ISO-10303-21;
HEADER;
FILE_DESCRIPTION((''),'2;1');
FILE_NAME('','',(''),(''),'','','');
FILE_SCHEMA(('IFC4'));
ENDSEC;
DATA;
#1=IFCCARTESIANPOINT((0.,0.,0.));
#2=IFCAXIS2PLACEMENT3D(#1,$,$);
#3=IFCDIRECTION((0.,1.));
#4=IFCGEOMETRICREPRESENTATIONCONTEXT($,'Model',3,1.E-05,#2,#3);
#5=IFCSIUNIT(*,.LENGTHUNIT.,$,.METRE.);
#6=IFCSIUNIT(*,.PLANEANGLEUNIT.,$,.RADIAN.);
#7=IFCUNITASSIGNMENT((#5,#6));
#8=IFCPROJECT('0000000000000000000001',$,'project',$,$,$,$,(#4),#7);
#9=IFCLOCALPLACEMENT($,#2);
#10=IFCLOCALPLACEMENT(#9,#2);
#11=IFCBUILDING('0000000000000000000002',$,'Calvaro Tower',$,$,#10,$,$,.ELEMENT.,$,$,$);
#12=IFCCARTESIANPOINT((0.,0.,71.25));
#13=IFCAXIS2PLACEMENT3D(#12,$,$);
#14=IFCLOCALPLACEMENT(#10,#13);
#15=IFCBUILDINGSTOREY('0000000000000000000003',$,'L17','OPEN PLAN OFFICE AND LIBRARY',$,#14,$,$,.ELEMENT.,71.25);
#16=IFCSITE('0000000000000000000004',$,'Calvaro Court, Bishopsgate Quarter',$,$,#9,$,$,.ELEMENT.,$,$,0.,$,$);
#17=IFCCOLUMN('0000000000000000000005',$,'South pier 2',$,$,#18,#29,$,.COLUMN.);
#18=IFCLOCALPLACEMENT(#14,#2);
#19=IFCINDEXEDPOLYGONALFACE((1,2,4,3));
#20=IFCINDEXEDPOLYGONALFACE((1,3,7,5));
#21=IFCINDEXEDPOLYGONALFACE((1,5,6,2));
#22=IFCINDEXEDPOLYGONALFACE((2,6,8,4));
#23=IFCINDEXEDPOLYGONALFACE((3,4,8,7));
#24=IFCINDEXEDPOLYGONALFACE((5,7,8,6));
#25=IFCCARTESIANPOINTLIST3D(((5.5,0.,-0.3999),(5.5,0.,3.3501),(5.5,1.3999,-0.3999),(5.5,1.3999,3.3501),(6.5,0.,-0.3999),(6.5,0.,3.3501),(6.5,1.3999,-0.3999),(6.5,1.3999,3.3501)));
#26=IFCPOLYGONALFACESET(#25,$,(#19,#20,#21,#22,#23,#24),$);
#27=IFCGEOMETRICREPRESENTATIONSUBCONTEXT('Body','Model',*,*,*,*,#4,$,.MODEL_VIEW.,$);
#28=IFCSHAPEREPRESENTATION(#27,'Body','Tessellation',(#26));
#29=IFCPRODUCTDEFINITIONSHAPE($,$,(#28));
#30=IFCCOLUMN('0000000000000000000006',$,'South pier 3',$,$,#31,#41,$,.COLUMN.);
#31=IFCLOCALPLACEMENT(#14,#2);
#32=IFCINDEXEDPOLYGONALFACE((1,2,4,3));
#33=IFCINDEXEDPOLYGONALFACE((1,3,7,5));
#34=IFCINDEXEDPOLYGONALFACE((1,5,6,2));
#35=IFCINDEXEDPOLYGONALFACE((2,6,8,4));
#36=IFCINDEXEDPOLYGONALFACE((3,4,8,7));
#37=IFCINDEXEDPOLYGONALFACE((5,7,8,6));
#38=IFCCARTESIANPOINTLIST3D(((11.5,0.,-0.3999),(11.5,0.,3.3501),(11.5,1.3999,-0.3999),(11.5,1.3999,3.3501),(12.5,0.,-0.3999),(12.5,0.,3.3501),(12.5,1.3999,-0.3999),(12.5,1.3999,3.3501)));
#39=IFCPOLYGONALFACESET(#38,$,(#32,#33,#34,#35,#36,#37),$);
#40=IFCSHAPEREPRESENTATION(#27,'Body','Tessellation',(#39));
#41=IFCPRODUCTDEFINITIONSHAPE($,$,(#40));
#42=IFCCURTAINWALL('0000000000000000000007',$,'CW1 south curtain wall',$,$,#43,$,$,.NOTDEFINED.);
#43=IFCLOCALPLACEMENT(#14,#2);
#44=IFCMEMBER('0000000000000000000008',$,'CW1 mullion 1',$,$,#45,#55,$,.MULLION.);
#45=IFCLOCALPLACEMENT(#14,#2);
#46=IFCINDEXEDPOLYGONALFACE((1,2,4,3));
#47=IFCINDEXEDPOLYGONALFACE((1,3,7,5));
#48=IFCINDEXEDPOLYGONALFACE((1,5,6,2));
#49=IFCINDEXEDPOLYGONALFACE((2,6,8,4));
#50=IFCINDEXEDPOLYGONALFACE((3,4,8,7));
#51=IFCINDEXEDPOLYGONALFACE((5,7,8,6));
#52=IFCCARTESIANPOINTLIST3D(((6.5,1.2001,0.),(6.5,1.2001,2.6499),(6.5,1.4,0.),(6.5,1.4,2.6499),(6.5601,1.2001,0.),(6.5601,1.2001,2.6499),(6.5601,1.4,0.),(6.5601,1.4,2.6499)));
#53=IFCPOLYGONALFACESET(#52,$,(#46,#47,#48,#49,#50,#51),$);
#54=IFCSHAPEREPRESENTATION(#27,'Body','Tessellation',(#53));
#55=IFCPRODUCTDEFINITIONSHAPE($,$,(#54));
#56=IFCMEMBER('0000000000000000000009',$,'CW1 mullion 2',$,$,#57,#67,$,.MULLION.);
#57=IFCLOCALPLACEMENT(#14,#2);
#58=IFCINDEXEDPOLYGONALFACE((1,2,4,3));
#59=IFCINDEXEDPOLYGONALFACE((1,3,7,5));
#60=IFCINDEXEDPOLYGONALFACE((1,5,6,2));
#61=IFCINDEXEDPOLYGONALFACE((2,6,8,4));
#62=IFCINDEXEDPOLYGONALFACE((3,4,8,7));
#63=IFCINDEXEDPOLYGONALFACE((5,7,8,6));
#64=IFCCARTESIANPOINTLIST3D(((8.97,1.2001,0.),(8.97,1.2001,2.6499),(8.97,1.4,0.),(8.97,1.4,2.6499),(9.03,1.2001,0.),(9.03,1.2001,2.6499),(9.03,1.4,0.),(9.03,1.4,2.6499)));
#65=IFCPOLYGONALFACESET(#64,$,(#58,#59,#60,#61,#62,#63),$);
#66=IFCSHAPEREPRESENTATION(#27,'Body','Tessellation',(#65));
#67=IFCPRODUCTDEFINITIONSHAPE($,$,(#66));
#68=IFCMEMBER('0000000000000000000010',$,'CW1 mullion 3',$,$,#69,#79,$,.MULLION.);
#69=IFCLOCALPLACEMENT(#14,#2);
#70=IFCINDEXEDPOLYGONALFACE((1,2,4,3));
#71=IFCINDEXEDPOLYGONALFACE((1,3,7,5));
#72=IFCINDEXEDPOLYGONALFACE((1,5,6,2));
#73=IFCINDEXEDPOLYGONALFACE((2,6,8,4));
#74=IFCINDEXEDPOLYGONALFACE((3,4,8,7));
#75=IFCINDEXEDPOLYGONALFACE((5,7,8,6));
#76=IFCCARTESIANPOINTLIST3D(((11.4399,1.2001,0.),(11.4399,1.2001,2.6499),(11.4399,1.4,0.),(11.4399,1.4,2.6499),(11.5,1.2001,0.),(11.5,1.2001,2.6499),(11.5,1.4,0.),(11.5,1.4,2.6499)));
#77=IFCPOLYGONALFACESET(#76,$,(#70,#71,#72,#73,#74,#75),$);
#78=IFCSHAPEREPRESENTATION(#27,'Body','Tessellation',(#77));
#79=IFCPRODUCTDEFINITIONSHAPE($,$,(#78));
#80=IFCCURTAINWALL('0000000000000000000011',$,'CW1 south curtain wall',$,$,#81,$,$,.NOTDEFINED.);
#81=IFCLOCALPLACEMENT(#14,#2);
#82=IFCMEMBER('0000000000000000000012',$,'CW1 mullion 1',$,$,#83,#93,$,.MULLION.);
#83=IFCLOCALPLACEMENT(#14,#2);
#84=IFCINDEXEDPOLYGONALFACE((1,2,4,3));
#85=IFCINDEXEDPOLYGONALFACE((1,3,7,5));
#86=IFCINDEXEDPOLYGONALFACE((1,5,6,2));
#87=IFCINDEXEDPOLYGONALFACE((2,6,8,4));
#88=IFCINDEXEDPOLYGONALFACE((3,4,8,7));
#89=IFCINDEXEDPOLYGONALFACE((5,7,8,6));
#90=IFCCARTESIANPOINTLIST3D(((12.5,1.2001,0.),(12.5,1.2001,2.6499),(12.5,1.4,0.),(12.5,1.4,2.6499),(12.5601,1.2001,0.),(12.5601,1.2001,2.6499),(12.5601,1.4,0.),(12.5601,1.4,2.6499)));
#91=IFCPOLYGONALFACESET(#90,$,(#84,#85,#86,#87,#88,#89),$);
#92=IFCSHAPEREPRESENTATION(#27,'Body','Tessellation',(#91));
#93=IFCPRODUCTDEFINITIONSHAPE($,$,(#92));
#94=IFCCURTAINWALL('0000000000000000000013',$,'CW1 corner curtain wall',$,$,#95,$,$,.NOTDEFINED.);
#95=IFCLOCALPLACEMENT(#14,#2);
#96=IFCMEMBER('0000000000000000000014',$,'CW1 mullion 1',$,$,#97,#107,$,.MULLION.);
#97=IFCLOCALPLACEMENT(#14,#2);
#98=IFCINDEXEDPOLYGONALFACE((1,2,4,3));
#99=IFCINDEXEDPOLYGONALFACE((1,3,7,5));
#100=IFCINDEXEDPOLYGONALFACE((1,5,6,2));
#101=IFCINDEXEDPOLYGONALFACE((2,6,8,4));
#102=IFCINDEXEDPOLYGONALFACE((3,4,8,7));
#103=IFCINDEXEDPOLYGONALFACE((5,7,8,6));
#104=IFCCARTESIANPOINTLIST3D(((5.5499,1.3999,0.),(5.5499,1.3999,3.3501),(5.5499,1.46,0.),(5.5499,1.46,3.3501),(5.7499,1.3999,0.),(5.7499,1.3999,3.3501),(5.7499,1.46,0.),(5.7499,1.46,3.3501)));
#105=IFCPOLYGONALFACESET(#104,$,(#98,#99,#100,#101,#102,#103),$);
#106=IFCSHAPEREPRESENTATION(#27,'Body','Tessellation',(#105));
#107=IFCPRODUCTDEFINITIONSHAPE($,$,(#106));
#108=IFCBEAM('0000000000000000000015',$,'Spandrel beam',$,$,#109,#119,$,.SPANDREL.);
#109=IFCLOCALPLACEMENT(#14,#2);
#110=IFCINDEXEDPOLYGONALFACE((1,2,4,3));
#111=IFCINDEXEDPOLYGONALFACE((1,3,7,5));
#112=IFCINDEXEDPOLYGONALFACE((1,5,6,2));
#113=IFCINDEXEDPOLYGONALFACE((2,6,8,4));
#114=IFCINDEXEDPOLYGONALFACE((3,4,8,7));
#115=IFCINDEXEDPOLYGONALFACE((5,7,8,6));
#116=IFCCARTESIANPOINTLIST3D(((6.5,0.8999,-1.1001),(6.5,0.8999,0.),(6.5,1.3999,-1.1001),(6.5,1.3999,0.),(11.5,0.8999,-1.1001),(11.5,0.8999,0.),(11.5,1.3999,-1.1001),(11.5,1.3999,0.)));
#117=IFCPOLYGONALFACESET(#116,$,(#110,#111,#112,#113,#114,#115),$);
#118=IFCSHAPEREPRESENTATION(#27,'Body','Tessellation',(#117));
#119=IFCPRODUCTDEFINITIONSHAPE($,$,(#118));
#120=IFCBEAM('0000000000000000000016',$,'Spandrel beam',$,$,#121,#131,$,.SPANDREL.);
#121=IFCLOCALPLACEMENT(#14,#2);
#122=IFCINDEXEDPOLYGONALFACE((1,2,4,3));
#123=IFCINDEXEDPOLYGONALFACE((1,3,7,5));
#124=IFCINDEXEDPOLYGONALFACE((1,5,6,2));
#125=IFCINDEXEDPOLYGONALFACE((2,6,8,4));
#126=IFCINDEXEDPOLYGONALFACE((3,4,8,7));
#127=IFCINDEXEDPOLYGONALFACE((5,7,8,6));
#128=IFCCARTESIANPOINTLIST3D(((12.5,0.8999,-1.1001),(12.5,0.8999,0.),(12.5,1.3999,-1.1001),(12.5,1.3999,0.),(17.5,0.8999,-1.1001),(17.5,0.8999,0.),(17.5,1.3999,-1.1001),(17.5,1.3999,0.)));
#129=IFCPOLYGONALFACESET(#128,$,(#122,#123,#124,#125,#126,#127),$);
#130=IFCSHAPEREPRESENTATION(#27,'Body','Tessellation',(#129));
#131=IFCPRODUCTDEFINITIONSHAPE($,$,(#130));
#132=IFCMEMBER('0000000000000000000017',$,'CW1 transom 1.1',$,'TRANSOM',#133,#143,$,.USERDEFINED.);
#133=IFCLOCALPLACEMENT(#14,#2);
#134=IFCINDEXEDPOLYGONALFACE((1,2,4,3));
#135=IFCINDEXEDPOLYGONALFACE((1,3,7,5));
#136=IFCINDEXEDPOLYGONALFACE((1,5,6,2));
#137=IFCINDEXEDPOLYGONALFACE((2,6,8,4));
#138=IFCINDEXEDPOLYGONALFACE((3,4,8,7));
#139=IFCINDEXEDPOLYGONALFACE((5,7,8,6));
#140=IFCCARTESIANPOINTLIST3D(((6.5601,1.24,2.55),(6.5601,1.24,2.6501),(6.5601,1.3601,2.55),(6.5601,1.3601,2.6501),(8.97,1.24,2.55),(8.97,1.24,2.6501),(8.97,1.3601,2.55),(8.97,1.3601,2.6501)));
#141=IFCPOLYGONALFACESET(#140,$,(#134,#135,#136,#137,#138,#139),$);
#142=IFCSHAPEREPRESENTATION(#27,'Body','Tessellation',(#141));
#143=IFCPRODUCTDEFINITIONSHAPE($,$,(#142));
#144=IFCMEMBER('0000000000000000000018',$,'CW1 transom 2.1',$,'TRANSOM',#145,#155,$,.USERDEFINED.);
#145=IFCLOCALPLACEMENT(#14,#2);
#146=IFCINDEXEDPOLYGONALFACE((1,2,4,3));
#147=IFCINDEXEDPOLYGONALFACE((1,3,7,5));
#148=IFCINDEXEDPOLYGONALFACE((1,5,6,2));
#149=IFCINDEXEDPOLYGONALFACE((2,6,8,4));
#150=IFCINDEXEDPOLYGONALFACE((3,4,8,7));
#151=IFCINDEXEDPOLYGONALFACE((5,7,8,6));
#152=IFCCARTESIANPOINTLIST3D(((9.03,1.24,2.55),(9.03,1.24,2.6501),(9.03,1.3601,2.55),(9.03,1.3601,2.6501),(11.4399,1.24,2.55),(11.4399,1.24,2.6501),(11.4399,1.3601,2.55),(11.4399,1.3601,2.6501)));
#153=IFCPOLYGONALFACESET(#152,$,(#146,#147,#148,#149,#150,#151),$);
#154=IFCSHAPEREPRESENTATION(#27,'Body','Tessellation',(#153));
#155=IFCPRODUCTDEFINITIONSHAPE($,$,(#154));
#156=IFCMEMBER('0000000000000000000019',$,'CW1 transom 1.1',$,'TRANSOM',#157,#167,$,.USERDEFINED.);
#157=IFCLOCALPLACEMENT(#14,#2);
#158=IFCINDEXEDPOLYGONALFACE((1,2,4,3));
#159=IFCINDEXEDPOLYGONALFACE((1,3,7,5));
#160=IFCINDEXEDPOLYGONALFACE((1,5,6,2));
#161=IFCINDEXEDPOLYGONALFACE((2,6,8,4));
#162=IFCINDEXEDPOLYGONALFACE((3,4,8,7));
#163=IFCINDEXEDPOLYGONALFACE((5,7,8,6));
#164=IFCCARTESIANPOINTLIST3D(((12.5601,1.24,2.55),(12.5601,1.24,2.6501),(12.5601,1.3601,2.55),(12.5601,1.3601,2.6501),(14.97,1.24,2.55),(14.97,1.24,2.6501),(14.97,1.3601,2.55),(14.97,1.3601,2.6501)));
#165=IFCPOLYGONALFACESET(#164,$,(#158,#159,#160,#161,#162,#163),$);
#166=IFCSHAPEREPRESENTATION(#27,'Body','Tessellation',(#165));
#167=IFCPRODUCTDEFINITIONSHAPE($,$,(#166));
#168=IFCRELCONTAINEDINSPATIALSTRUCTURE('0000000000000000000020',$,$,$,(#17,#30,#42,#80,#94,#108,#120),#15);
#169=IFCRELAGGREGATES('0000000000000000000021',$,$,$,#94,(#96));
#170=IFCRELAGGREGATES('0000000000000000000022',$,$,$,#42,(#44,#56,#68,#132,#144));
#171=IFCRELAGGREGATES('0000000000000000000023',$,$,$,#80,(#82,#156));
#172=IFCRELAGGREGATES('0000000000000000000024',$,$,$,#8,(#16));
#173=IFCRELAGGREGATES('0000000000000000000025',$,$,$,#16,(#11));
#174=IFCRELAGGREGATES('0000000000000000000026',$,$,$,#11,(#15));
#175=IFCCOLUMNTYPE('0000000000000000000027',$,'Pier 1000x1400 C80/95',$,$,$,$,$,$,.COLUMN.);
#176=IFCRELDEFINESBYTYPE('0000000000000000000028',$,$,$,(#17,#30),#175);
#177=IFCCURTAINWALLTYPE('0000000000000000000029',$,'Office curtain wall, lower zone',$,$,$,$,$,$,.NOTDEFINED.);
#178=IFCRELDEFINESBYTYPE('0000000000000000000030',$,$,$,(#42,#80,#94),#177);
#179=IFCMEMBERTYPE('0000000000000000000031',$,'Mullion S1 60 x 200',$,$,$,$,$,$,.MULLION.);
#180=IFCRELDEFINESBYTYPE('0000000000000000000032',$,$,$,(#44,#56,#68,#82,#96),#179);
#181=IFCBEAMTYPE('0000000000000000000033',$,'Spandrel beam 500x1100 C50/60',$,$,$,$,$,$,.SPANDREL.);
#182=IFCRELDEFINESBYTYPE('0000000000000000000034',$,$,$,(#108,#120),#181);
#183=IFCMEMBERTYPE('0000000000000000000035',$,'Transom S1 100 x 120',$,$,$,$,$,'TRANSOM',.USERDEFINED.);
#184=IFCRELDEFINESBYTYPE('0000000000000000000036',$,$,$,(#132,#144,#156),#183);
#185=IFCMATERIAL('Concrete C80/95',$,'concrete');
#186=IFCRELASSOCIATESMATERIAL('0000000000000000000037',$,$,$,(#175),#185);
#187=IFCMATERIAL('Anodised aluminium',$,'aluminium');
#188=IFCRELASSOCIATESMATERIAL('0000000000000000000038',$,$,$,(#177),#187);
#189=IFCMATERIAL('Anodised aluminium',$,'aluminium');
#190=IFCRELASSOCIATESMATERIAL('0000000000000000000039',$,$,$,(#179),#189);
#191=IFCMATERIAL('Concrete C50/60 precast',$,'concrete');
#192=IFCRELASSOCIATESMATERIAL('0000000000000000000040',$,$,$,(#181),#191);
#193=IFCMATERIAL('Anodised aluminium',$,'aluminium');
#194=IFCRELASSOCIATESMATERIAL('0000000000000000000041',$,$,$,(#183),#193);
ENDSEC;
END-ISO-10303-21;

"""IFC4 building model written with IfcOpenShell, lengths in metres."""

from ifc_helpers import new_model, si_unit, direction, frame, origin, origin_2d, place, context, subcontext, project, spatial, rectangle, extrude, material, material_profile, profile_set, type_object, element, aggregate, save


model = new_model("IFC4")

# Units and contexts
model_context = context("Model", 3, precision=1e-05, world=origin(), true_north=direction((0.0, 1.0)))
body_context = subcontext(model_context, "Body", "Model", "MODEL_VIEW")
ifc_project = project(units=[si_unit("LENGTHUNIT", "METRE"), si_unit("PLANEANGLEUNIT", "RADIAN")], contexts=[model_context])

# Site, building, storey
site_placement = place(None, origin())
site = spatial("IfcSite", under=ifc_project, at=site_placement, Name="Calvaro Court, Bishopsgate Quarter", CompositionType="ELEMENT", RefElevation=0.0)
building_placement = place(site_placement, origin())
building = spatial("IfcBuilding", under=site, at=building_placement, Name="Calvaro Tower", CompositionType="ELEMENT")
storey_placement = place(building_placement, frame((0.0, 0.0, 71.25)))
storey = spatial("IfcBuildingStorey", under=building, at=storey_placement, Name="L17", Description="OPEN PLAN OFFICE AND LIBRARY", CompositionType="ELEMENT", Elevation=71.25)

# Columns
ifc_material_1 = material(Name="Concrete C80/95", Category="concrete")
ifc_material_profile_1 = material_profile(ifc_material_1, rectangle(XDim=1.0, YDim=1.3999, at=origin_2d()), Name="RC 1000x1400")
ifc_profile_set_1 = profile_set([ifc_material_profile_1], Name="Concrete C80/95")
column_type = type_object("IfcColumnType", Name="Pier 1000x1400 C80/95", PredefinedType="COLUMN", material=ifc_profile_set_1)
for number, where, z_axis, x_axis, name in (
    (1, (6.0, 0.7, -0.3999), (0.0, 0.0, 1.0), (1.0, 0.0, 0.0), "South pier 2"),
    (2, (12.0, 0.7, -0.3999), (0.0, 0.0, 1.0), (1.0, 0.0, 0.0), "South pier 3"),
):
    element("IfcColumn", number, at=place(storey_placement, frame(where, z_axis=z_axis, x_axis=x_axis)), inside=storey, type_object=column_type, Name=name, PredefinedType="COLUMN", context=body_context, shape_type="SweptSolid", body=[
        extrude(rectangle(XDim=1.0, YDim=1.3999, at=origin_2d()), origin(), (0.0, 0.0, 1.0), 3.75),
    ])

# Curtain wall, members
ifc_material_2 = material(Name="Anodised aluminium", Category="aluminium")
curtain_wall_type = type_object("IfcCurtainWallType", Name="Office curtain wall, lower zone", PredefinedType="NOTDEFINED", material=ifc_material_2)
curtain_wall_1_placement = place(storey_placement, origin())
curtain_wall_1 = element("IfcCurtainWall", 3, at=curtain_wall_1_placement, inside=storey, type_object=curtain_wall_type, Name="CW1 south curtain wall", PredefinedType="NOTDEFINED")
ifc_material_3 = material(Name="Anodised aluminium", Category="aluminium")
ifc_material_profile_2 = material_profile(ifc_material_3, rectangle(XDim=0.2, YDim=0.0601, at=origin_2d()), Name="Mullion S1 60 x 200")
ifc_profile_set_2 = profile_set([ifc_material_profile_2], Name="Anodised aluminium")
member_type_1 = type_object("IfcMemberType", Name="Mullion S1 60 x 200", PredefinedType="MULLION", material=ifc_profile_set_2)
member_1_placement = place(storey_placement, frame((6.53, 1.3, 0.0), z_axis=(0.0, 0.0, 1.0), x_axis=(0.0, 1.0, 0.0)))
member_1 = element("IfcMember", 4, at=member_1_placement, type_object=member_type_1, Name="CW1 mullion 1", PredefinedType="MULLION", context=body_context, shape_type="SweptSolid", body=[
    extrude(rectangle(XDim=0.2, YDim=0.0601, at=origin_2d()), origin(), (0.0, 0.0, 1.0), 2.6499),
])
member_2_placement = place(storey_placement, frame((9.0, 1.3, 0.0), z_axis=(0.0, 0.0, 1.0), x_axis=(0.0, 1.0, 0.0)))
member_2 = element("IfcMember", 5, at=member_2_placement, type_object=member_type_1, Name="CW1 mullion 2", PredefinedType="MULLION", context=body_context, shape_type="SweptSolid", body=[
    extrude(rectangle(XDim=0.2, YDim=0.0601, at=origin_2d()), origin(), (0.0, 0.0, 1.0), 2.6499),
])
member_3_placement = place(storey_placement, frame((11.47, 1.3, 0.0), z_axis=(0.0, 0.0, 1.0), x_axis=(0.0, 1.0, 0.0)))
member_3 = element("IfcMember", 6, at=member_3_placement, type_object=member_type_1, Name="CW1 mullion 3", PredefinedType="MULLION", context=body_context, shape_type="SweptSolid", body=[
    extrude(rectangle(XDim=0.2, YDim=0.0601, at=origin_2d()), origin(), (0.0, 0.0, 1.0), 2.6499),
])

# Curtain walls, members
curtain_wall_2_placement = place(storey_placement, origin())
curtain_wall_2 = element("IfcCurtainWall", 7, at=curtain_wall_2_placement, inside=storey, type_object=curtain_wall_type, Name="CW1 south curtain wall", PredefinedType="NOTDEFINED")
member_4_placement = place(storey_placement, frame((12.53, 1.3, 0.0), z_axis=(0.0, 0.0, 1.0), x_axis=(0.0, 1.0, 0.0)))
member_4 = element("IfcMember", 8, at=member_4_placement, type_object=member_type_1, Name="CW1 mullion 1", PredefinedType="MULLION", context=body_context, shape_type="SweptSolid", body=[
    extrude(rectangle(XDim=0.2, YDim=0.0601, at=origin_2d()), origin(), (0.0, 0.0, 1.0), 2.6499),
])
curtain_wall_3_placement = place(storey_placement, origin())
curtain_wall_3 = element("IfcCurtainWall", 9, at=curtain_wall_3_placement, inside=storey, type_object=curtain_wall_type, Name="CW1 corner curtain wall", PredefinedType="NOTDEFINED")
member_5_placement = place(storey_placement, frame((5.6499, 1.4299, 0.0), z_axis=(0.0, 0.0, 1.0), x_axis=(-1.0, 0.0, 0.0)))
member_5 = element("IfcMember", 10, at=member_5_placement, type_object=member_type_1, Name="CW1 mullion 1", PredefinedType="MULLION", context=body_context, shape_type="SweptSolid", body=[
    extrude(rectangle(XDim=0.2, YDim=0.0601, at=origin_2d()), origin(), (0.0, 0.0, 1.0), 3.3501),
])
aggregate(curtain_wall_3, [member_5])

# Beams
ifc_material_4 = material(Name="Concrete C50/60 precast", Category="concrete")
ifc_material_profile_3 = material_profile(ifc_material_4, rectangle(XDim=0.5, YDim=1.1001, at=origin_2d()), Name="RC 500x1100")
ifc_profile_set_3 = profile_set([ifc_material_profile_3], Name="Concrete C50/60 precast")
beam_type = type_object("IfcBeamType", Name="Spandrel beam 500x1100 C50/60", PredefinedType="SPANDREL", material=ifc_profile_set_3)
for number, where, z_axis, x_axis, name in (
    (11, (6.5, 1.1499, -0.55), (1.0, 0.0, 0.0), (0.0, 1.0, 0.0), "Spandrel beam"),
    (12, (12.5, 1.1499, -0.55), (1.0, 0.0, 0.0), (0.0, 1.0, 0.0), "Spandrel beam"),
):
    element("IfcBeam", number, at=place(storey_placement, frame(where, z_axis=z_axis, x_axis=x_axis)), inside=storey, type_object=beam_type, Name=name, PredefinedType="SPANDREL", context=body_context, shape_type="SweptSolid", body=[
        extrude(rectangle(XDim=0.5, YDim=1.1001, at=origin_2d()), origin(), (0.0, 0.0, 1.0), 5.0),
    ])

# Members
ifc_material_5 = material(Name="Anodised aluminium", Category="aluminium")
ifc_material_profile_4 = material_profile(ifc_material_5, rectangle(XDim=0.1201, YDim=0.1001, at=origin_2d()), Name="Transom S1 100 x 120")
ifc_profile_set_4 = profile_set([ifc_material_profile_4], Name="Anodised aluminium")
member_type_2 = type_object("IfcMemberType", Name="Transom S1 100 x 120", ElementType="TRANSOM", PredefinedType="USERDEFINED", material=ifc_profile_set_4)
member_6_placement = place(storey_placement, frame((6.5601, 1.3, 2.6001), z_axis=(1.0, 0.0, 0.0), x_axis=(0.0, 1.0, 0.0)))
member_6 = element("IfcMember", 13, at=member_6_placement, type_object=member_type_2, Name="CW1 transom 1.1", ObjectType="TRANSOM", PredefinedType="USERDEFINED", context=body_context, shape_type="SweptSolid", body=[
    extrude(rectangle(XDim=0.1201, YDim=0.1001, at=origin_2d()), origin(), (0.0, 0.0, 1.0), 2.4099),
])
member_7_placement = place(storey_placement, frame((9.03, 1.3, 2.6001), z_axis=(1.0, 0.0, 0.0), x_axis=(0.0, 1.0, 0.0)))
member_7 = element("IfcMember", 14, at=member_7_placement, type_object=member_type_2, Name="CW1 transom 2.1", ObjectType="TRANSOM", PredefinedType="USERDEFINED", context=body_context, shape_type="SweptSolid", body=[
    extrude(rectangle(XDim=0.1201, YDim=0.1001, at=origin_2d()), origin(), (0.0, 0.0, 1.0), 2.4099),
])
member_8_placement = place(storey_placement, frame((12.5601, 1.3, 2.6001), z_axis=(1.0, 0.0, 0.0), x_axis=(0.0, 1.0, 0.0)))
member_8 = element("IfcMember", 15, at=member_8_placement, type_object=member_type_2, Name="CW1 transom 1.1", ObjectType="TRANSOM", PredefinedType="USERDEFINED", context=body_context, shape_type="SweptSolid", body=[
    extrude(rectangle(XDim=0.1201, YDim=0.1001, at=origin_2d()), origin(), (0.0, 0.0, 1.0), 2.4099),
])

aggregate(curtain_wall_1, [member_1, member_2, member_3, member_6, member_7])
aggregate(curtain_wall_2, [member_4, member_8])

save(model, "model.ifc")
